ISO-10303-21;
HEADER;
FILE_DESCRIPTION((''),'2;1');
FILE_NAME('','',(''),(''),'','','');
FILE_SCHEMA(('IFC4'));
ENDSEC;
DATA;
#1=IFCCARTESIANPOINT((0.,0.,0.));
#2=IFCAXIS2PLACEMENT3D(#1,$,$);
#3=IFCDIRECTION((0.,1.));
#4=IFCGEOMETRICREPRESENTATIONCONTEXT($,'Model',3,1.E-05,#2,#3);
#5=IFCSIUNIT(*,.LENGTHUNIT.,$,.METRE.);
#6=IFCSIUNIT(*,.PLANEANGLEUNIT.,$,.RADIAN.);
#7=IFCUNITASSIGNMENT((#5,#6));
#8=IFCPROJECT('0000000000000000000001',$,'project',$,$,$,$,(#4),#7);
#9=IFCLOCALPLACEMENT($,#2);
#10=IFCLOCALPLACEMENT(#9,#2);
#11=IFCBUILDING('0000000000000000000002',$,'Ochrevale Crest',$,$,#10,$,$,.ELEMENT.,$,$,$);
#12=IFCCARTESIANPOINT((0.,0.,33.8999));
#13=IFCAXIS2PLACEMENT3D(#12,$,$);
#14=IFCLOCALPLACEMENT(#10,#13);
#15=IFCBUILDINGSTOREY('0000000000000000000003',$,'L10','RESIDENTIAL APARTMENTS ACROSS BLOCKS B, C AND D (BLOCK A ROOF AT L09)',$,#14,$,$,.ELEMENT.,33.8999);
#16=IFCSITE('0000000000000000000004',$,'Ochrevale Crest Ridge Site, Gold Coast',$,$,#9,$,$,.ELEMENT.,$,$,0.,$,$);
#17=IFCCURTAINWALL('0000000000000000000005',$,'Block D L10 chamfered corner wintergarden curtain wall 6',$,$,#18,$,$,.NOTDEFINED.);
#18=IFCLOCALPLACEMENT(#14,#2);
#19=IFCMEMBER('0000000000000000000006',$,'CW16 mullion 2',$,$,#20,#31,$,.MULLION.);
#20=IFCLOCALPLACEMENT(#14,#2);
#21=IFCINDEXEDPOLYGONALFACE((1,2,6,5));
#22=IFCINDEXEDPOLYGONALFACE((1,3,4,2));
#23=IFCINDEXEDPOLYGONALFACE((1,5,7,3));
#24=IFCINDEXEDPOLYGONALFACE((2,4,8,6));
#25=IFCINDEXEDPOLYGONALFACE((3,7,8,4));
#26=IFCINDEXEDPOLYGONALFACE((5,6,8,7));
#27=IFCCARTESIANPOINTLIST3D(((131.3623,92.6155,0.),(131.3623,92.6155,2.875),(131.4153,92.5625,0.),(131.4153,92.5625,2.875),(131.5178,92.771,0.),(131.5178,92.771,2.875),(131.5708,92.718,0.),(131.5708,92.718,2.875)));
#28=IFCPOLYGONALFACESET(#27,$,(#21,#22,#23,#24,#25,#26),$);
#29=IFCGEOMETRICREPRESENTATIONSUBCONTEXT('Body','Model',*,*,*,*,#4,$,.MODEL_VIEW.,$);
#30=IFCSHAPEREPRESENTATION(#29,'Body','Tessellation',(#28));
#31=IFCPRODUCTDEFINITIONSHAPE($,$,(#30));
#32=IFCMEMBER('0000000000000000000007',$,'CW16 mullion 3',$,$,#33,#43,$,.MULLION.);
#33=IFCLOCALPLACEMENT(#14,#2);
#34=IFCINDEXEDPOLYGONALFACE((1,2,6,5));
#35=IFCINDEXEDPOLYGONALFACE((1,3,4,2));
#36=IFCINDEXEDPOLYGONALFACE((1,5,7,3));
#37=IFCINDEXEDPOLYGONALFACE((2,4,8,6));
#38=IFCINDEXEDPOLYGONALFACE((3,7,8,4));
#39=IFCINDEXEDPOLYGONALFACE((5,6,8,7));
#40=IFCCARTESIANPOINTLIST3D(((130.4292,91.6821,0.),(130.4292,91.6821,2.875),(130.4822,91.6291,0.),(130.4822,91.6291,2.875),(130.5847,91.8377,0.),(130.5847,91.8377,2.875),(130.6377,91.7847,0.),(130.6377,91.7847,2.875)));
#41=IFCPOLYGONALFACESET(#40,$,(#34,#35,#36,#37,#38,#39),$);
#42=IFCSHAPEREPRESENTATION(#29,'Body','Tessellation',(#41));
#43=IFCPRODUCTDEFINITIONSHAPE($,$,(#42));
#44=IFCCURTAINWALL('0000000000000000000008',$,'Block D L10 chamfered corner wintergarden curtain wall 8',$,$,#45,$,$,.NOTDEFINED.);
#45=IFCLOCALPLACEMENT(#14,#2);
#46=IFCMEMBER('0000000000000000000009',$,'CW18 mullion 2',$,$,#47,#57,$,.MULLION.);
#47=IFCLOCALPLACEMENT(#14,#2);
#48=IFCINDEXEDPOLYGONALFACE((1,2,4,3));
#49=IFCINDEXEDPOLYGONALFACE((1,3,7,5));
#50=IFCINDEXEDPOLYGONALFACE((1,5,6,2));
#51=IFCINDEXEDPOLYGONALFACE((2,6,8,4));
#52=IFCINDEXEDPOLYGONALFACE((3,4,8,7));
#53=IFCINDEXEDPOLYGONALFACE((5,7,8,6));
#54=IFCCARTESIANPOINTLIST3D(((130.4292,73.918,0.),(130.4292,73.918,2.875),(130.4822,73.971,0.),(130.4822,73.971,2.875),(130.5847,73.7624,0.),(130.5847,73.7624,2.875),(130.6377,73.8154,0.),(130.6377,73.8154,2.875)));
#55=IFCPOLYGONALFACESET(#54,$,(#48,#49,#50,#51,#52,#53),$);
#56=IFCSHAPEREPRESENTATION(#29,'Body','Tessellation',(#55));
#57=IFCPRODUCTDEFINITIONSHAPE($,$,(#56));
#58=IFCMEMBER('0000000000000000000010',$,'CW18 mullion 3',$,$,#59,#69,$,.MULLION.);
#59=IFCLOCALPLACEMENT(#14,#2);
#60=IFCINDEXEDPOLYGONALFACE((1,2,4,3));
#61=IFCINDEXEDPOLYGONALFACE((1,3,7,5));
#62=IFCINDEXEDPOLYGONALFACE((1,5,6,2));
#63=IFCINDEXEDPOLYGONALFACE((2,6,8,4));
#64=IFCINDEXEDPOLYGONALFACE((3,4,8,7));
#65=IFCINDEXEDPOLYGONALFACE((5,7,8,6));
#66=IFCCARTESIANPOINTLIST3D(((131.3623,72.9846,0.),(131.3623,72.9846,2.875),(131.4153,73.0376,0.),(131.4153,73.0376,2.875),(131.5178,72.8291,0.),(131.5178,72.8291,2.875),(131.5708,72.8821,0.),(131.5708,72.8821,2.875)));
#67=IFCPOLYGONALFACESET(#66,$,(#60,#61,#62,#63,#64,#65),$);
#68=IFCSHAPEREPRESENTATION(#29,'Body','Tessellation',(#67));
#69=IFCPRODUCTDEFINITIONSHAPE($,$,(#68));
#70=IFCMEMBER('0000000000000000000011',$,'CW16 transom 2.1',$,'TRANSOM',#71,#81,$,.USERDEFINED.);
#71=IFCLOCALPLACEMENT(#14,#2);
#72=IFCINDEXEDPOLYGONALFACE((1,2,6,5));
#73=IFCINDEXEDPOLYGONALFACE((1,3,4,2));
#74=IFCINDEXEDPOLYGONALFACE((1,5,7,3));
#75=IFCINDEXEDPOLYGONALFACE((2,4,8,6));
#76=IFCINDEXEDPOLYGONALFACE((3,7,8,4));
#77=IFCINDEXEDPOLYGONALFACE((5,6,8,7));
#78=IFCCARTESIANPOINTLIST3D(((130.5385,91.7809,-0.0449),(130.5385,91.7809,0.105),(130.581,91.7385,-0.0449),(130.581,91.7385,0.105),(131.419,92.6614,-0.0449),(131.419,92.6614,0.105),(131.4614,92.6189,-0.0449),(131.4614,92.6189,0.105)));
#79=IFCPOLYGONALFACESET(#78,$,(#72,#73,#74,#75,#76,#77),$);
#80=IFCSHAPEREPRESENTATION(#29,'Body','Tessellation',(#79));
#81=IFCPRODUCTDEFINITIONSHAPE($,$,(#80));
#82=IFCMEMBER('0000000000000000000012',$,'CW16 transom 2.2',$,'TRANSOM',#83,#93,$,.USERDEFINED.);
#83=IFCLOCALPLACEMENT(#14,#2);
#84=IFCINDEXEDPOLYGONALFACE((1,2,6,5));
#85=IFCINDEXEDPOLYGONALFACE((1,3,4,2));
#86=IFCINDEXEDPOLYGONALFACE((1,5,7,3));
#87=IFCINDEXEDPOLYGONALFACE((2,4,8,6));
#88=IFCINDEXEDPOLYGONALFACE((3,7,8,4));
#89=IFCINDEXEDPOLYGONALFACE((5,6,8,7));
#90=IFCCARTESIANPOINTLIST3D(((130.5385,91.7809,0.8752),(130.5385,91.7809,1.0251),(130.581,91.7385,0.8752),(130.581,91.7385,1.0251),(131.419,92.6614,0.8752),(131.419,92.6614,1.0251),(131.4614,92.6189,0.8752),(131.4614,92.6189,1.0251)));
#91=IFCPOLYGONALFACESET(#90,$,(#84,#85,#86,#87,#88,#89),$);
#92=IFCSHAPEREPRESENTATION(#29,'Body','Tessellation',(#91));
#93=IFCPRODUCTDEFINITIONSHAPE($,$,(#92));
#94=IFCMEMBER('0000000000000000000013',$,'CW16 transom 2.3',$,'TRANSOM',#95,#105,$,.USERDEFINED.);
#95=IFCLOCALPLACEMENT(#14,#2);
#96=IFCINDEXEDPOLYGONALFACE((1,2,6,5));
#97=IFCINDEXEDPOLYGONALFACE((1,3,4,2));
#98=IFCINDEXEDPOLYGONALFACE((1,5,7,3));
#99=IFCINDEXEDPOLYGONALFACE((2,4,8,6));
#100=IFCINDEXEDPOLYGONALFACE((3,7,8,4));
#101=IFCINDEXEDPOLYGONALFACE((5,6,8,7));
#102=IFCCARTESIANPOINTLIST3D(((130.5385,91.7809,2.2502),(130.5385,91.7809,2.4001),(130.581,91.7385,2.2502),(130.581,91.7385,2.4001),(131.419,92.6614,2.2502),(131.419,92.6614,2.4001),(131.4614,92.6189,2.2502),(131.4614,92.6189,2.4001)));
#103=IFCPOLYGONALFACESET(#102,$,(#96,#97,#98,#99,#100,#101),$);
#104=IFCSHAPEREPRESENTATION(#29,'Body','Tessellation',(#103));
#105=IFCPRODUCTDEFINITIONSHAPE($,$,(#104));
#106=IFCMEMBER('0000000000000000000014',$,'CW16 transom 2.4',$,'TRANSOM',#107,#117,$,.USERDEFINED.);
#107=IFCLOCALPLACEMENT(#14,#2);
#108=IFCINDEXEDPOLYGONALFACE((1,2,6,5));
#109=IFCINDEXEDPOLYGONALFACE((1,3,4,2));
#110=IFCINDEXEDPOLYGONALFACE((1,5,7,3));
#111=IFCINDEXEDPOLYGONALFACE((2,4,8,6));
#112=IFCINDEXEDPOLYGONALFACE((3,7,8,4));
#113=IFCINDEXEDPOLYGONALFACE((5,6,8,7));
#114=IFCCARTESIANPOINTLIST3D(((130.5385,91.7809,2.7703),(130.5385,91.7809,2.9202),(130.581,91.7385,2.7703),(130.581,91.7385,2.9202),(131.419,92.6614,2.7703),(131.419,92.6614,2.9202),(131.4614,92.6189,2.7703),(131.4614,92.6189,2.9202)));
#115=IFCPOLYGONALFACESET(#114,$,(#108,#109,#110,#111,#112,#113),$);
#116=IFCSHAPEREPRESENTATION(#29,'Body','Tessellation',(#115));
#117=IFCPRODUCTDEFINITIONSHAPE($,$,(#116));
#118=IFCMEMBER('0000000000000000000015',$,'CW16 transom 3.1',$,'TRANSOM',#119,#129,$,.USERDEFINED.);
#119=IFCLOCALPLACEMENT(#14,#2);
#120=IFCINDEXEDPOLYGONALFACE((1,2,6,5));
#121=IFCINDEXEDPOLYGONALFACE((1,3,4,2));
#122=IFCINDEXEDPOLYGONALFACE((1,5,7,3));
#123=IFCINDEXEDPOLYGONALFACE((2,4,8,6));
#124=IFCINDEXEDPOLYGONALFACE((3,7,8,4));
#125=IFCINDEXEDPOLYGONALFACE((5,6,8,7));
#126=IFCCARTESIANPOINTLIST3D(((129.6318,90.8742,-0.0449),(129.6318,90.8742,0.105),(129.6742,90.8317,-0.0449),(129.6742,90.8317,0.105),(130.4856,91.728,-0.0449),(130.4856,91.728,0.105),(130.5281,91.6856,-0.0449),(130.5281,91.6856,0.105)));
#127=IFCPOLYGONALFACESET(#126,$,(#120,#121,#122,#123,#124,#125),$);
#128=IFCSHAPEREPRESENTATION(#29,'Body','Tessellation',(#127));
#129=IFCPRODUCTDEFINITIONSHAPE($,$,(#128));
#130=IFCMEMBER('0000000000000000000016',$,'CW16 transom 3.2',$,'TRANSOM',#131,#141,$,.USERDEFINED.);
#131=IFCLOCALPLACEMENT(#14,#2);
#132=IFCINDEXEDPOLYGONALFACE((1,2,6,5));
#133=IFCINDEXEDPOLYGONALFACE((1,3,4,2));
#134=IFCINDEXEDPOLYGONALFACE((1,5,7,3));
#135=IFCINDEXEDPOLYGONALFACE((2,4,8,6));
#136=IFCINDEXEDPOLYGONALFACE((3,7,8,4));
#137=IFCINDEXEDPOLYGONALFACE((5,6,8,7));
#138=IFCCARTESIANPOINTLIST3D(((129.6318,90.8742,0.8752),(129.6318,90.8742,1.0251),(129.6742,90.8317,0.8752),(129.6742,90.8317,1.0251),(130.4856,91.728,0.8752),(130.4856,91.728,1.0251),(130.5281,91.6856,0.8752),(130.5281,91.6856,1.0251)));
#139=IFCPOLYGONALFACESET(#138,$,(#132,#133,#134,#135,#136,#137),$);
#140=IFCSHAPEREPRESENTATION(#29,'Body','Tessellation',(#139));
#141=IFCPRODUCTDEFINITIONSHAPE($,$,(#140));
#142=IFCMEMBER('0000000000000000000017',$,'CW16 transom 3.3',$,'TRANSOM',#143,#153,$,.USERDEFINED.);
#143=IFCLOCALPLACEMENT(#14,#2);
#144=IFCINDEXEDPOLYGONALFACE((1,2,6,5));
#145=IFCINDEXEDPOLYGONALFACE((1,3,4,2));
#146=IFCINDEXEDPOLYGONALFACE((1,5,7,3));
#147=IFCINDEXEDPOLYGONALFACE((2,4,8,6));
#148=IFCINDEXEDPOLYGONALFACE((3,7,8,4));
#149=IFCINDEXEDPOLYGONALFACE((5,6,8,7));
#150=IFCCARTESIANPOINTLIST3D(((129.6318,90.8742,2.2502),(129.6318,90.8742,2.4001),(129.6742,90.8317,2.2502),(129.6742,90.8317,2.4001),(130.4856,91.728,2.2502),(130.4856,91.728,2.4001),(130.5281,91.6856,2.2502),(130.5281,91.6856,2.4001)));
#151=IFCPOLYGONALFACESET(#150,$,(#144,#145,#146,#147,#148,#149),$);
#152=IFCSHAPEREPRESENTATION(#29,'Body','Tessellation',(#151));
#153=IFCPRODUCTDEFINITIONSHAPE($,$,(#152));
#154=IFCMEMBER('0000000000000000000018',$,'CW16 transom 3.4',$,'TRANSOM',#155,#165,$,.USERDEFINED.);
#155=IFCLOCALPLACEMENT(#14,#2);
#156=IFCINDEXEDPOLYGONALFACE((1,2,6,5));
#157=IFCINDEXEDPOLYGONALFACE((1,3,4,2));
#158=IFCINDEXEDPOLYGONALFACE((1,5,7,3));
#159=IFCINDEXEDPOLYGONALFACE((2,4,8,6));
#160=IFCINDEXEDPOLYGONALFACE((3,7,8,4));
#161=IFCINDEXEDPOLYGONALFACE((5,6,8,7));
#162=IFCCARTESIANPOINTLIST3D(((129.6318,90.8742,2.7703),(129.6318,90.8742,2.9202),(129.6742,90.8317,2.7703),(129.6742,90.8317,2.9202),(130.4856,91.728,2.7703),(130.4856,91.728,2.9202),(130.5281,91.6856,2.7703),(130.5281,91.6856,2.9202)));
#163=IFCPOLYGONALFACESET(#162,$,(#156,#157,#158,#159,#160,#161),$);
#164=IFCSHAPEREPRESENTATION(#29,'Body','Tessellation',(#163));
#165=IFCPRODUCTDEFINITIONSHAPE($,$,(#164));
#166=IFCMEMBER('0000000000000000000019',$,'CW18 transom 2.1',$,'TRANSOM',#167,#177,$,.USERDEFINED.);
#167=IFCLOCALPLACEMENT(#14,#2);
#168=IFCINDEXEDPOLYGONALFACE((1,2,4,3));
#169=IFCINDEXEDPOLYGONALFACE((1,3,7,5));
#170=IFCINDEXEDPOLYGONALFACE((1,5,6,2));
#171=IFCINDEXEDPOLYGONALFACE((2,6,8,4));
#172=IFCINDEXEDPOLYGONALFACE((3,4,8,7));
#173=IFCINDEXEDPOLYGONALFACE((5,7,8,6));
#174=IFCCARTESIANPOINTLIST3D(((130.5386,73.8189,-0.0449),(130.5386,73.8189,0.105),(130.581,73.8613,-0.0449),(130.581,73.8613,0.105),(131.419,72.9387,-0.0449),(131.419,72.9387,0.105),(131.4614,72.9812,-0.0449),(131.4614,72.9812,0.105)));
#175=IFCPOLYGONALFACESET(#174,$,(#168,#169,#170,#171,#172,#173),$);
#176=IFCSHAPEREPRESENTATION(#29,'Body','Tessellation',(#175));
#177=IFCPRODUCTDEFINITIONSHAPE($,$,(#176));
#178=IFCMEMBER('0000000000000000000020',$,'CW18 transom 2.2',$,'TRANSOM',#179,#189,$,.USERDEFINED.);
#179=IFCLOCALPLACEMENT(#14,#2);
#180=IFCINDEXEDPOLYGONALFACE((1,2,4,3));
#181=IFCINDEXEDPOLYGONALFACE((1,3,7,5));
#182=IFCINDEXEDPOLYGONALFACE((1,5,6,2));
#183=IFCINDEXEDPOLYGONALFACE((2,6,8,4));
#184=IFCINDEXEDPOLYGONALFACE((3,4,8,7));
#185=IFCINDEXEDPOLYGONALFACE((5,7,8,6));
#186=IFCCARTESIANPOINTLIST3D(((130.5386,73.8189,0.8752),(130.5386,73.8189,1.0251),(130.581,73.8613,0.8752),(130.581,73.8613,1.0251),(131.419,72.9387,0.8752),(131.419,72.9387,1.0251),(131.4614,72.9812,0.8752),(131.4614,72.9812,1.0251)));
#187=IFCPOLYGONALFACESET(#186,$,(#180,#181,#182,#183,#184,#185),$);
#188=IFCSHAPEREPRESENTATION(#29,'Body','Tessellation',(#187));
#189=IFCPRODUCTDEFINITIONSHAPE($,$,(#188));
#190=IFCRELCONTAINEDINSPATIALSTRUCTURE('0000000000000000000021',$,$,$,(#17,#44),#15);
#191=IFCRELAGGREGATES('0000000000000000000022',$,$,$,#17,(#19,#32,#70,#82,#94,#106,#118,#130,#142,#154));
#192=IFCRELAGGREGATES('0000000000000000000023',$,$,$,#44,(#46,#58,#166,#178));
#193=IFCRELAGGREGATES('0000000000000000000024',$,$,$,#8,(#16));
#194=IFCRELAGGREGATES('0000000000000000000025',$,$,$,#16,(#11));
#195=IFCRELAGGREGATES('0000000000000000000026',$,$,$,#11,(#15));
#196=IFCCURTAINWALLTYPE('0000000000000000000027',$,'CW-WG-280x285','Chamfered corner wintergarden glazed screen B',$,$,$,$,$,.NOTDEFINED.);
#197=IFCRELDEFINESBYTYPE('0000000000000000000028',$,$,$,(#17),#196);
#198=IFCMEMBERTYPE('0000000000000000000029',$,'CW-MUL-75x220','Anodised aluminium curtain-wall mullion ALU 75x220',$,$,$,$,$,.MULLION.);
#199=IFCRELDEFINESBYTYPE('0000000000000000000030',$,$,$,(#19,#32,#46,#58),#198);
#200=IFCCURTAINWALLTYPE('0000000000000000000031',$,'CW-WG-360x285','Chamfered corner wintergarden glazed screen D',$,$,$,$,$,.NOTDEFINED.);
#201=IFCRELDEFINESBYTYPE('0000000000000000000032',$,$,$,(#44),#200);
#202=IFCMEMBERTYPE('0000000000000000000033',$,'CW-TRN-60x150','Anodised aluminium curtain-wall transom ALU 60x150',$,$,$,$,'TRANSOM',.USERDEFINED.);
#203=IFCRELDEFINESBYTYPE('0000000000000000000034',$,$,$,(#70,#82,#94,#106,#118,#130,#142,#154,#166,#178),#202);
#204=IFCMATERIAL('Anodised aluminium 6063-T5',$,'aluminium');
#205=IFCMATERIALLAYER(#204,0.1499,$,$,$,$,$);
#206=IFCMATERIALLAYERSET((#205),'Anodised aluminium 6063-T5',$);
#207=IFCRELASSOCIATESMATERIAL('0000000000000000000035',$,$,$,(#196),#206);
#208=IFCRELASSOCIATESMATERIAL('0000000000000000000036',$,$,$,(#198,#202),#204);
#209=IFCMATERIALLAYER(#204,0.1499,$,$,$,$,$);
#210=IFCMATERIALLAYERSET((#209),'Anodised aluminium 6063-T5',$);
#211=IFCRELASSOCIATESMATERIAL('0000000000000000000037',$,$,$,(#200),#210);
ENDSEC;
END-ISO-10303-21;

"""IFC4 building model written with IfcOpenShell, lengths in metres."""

from ifc_helpers import new_model, si_unit, direction, frame, origin, origin_2d, place, context, subcontext, project, spatial, rectangle, extrude, material, layer, layer_set, material_profile, profile_set, type_object, element, aggregate, save


model = new_model("IFC4")

# Units and contexts
model_context = context("Model", 3, precision=1e-05, world=origin(), true_north=direction((0.0, 1.0)))
body_context = subcontext(model_context, "Body", "Model", "MODEL_VIEW")
ifc_project = project(units=[si_unit("LENGTHUNIT", "METRE"), si_unit("PLANEANGLEUNIT", "RADIAN")], contexts=[model_context])

# Site, building, storey
site_placement = place(None, origin())
site = spatial("IfcSite", under=ifc_project, at=site_placement, Name="Ochrevale Crest Ridge Site, Gold Coast", CompositionType="ELEMENT", RefElevation=0.0)
building_placement = place(site_placement, origin())
building = spatial("IfcBuilding", under=site, at=building_placement, Name="Ochrevale Crest", CompositionType="ELEMENT")
storey_placement = place(building_placement, frame((0.0, 0.0, 33.8999)))
storey = spatial("IfcBuildingStorey", under=building, at=storey_placement, Name="L10", Description="RESIDENTIAL APARTMENTS ACROSS BLOCKS B, C AND D (BLOCK A ROOF AT L09)", CompositionType="ELEMENT", Elevation=33.8999)

# Curtain walls, members
ifc_material_1 = material(Name="Anodised aluminium 6063-T5", Category="aluminium")
ifc_layer_1 = layer(ifc_material_1, 0.1499)
ifc_layer_set_1 = layer_set([ifc_layer_1], Name="Anodised aluminium 6063-T5")
curtain_wall_type_1 = type_object("IfcCurtainWallType", Name="CW-WG-280x285", Description="Chamfered corner wintergarden glazed screen B", PredefinedType="NOTDEFINED", material=ifc_layer_set_1)
curtain_wall_1_placement = place(storey_placement, origin())
curtain_wall_1 = element("IfcCurtainWall", 1, at=curtain_wall_1_placement, inside=storey, type_object=curtain_wall_type_1, Name="Block D L10 chamfered corner wintergarden curtain wall 6", PredefinedType="NOTDEFINED")
ifc_material_profile_1 = material_profile(ifc_material_1, rectangle(XDim=0.075, YDim=0.22, at=origin_2d()), Name="ALU 75x220")
ifc_profile_set_1 = profile_set([ifc_material_profile_1], Name="Anodised aluminium 6063-T5")
member_type_1 = type_object("IfcMemberType", Name="CW-MUL-75x220", Description="Anodised aluminium curtain-wall mullion ALU 75x220", PredefinedType="MULLION", material=ifc_profile_set_1)
member_1_placement = place(storey_placement, frame((131.4666, 92.6667, 0.0), z_axis=(0.0, 0.0, 1.0), x_axis=(0.707107, -0.707107, 0.0)))
member_1 = element("IfcMember", 2, at=member_1_placement, type_object=member_type_1, Name="CW16 mullion 2", PredefinedType="MULLION", context=body_context, shape_type="SweptSolid", body=[
    extrude(rectangle(XDim=0.075, YDim=0.22, at=origin_2d()), origin(), (0.0, 0.0, 1.0), 2.875),
])
member_2_placement = place(storey_placement, frame((130.5334, 91.7334, 0.0), z_axis=(0.0, 0.0, 1.0), x_axis=(0.707107, -0.707107, 0.0)))
member_2 = element("IfcMember", 3, at=member_2_placement, type_object=member_type_1, Name="CW16 mullion 3", PredefinedType="MULLION", context=body_context, shape_type="SweptSolid", body=[
    extrude(rectangle(XDim=0.075, YDim=0.22, at=origin_2d()), origin(), (0.0, 0.0, 1.0), 2.875),
])
ifc_layer_2 = layer(ifc_material_1, 0.1499)
ifc_layer_set_2 = layer_set([ifc_layer_2], Name="Anodised aluminium 6063-T5")
curtain_wall_type_2 = type_object("IfcCurtainWallType", Name="CW-WG-360x285", Description="Chamfered corner wintergarden glazed screen D", PredefinedType="NOTDEFINED", material=ifc_layer_set_2)
curtain_wall_2_placement = place(storey_placement, origin())
curtain_wall_2 = element("IfcCurtainWall", 4, at=curtain_wall_2_placement, inside=storey, type_object=curtain_wall_type_2, Name="Block D L10 chamfered corner wintergarden curtain wall 8", PredefinedType="NOTDEFINED")
member_3_placement = place(storey_placement, frame((130.5334, 73.8667, 0.0), z_axis=(0.0, 0.0, 1.0), x_axis=(0.707107, 0.707107, 0.0)))
member_3 = element("IfcMember", 5, at=member_3_placement, type_object=member_type_1, Name="CW18 mullion 2", PredefinedType="MULLION", context=body_context, shape_type="SweptSolid", body=[
    extrude(rectangle(XDim=0.075, YDim=0.22, at=origin_2d()), origin(), (0.0, 0.0, 1.0), 2.875),
])
member_4_placement = place(storey_placement, frame((131.4666, 72.9333, 0.0), z_axis=(0.0, 0.0, 1.0), x_axis=(0.707107, 0.707107, 0.0)))
member_4 = element("IfcMember", 6, at=member_4_placement, type_object=member_type_1, Name="CW18 mullion 3", PredefinedType="MULLION", context=body_context, shape_type="SweptSolid", body=[
    extrude(rectangle(XDim=0.075, YDim=0.22, at=origin_2d()), origin(), (0.0, 0.0, 1.0), 2.875),
])

# Members
ifc_material_profile_2 = material_profile(ifc_material_1, rectangle(XDim=0.0601, YDim=0.1499, at=origin_2d()), Name="ALU 60x150")
ifc_profile_set_2 = profile_set([ifc_material_profile_2], Name="Anodised aluminium 6063-T5")
member_type_2 = type_object("IfcMemberType", Name="CW-TRN-60x150", Description="Anodised aluminium curtain-wall transom ALU 60x150", ElementType="TRANSOM", PredefinedType="USERDEFINED", material=ifc_profile_set_2)
member_5_placement = place(storey_placement, frame((131.4402, 92.6401, 0.03), z_axis=(-0.707107, -0.707107, 0.0), x_axis=(0.707107, -0.707107, 0.0)))
member_5 = element("IfcMember", 7, at=member_5_placement, type_object=member_type_2, Name="CW16 transom 2.1", ObjectType="TRANSOM", PredefinedType="USERDEFINED", context=body_context, shape_type="SweptSolid", body=[
    extrude(rectangle(XDim=0.0601, YDim=0.1499, at=origin_2d()), origin(), (0.0, 0.0, 1.0), 1.2451),
])
member_6_placement = place(storey_placement, frame((131.4402, 92.6401, 0.9502), z_axis=(-0.707107, -0.707107, 0.0), x_axis=(0.707107, -0.707107, 0.0)))
member_6 = element("IfcMember", 8, at=member_6_placement, type_object=member_type_2, Name="CW16 transom 2.2", ObjectType="TRANSOM", PredefinedType="USERDEFINED", context=body_context, shape_type="SweptSolid", body=[
    extrude(rectangle(XDim=0.0601, YDim=0.1499, at=origin_2d()), origin(), (0.0, 0.0, 1.0), 1.2451),
])
member_7_placement = place(storey_placement, frame((131.4402, 92.6401, 2.3252), z_axis=(-0.707107, -0.707107, 0.0), x_axis=(0.707107, -0.707107, 0.0)))
member_7 = element("IfcMember", 9, at=member_7_placement, type_object=member_type_2, Name="CW16 transom 2.3", ObjectType="TRANSOM", PredefinedType="USERDEFINED", context=body_context, shape_type="SweptSolid", body=[
    extrude(rectangle(XDim=0.0601, YDim=0.1499, at=origin_2d()), origin(), (0.0, 0.0, 1.0), 1.2451),
])
member_8_placement = place(storey_placement, frame((131.4402, 92.6401, 2.8452), z_axis=(-0.707107, -0.707107, 0.0), x_axis=(0.707107, -0.707107, 0.0)))
member_8 = element("IfcMember", 10, at=member_8_placement, type_object=member_type_2, Name="CW16 transom 2.4", ObjectType="TRANSOM", PredefinedType="USERDEFINED", context=body_context, shape_type="SweptSolid", body=[
    extrude(rectangle(XDim=0.0601, YDim=0.1499, at=origin_2d()), origin(), (0.0, 0.0, 1.0), 1.2451),
])
member_9_placement = place(storey_placement, frame((130.5068, 91.7068, 0.03), z_axis=(-0.707107, -0.707107, 0.0), x_axis=(0.707107, -0.707107, 0.0)))
member_9 = element("IfcMember", 11, at=member_9_placement, type_object=member_type_2, Name="CW16 transom 3.1", ObjectType="TRANSOM", PredefinedType="USERDEFINED", context=body_context, shape_type="SweptSolid", body=[
    extrude(rectangle(XDim=0.0601, YDim=0.1499, at=origin_2d()), origin(), (0.0, 0.0, 1.0), 1.2075),
])
member_10_placement = place(storey_placement, frame((130.5068, 91.7068, 0.9502), z_axis=(-0.707107, -0.707107, 0.0), x_axis=(0.707107, -0.707107, 0.0)))
member_10 = element("IfcMember", 12, at=member_10_placement, type_object=member_type_2, Name="CW16 transom 3.2", ObjectType="TRANSOM", PredefinedType="USERDEFINED", context=body_context, shape_type="SweptSolid", body=[
    extrude(rectangle(XDim=0.0601, YDim=0.1499, at=origin_2d()), origin(), (0.0, 0.0, 1.0), 1.2075),
])
member_11_placement = place(storey_placement, frame((130.5068, 91.7068, 2.3252), z_axis=(-0.707107, -0.707107, 0.0), x_axis=(0.707107, -0.707107, 0.0)))
member_11 = element("IfcMember", 13, at=member_11_placement, type_object=member_type_2, Name="CW16 transom 3.3", ObjectType="TRANSOM", PredefinedType="USERDEFINED", context=body_context, shape_type="SweptSolid", body=[
    extrude(rectangle(XDim=0.0601, YDim=0.1499, at=origin_2d()), origin(), (0.0, 0.0, 1.0), 1.2075),
])
member_12_placement = place(storey_placement, frame((130.5068, 91.7068, 2.8452), z_axis=(-0.707107, -0.707107, 0.0), x_axis=(0.707107, -0.707107, 0.0)))
member_12 = element("IfcMember", 14, at=member_12_placement, type_object=member_type_2, Name="CW16 transom 3.4", ObjectType="TRANSOM", PredefinedType="USERDEFINED", context=body_context, shape_type="SweptSolid", body=[
    extrude(rectangle(XDim=0.0601, YDim=0.1499, at=origin_2d()), origin(), (0.0, 0.0, 1.0), 1.2075),
])
member_13_placement = place(storey_placement, frame((130.5598, 73.8401, 0.03), z_axis=(0.707205, -0.707009, 0.0), x_axis=(0.707009, 0.707205, 0.0)))
member_13 = element("IfcMember", 15, at=member_13_placement, type_object=member_type_2, Name="CW18 transom 2.1", ObjectType="TRANSOM", PredefinedType="USERDEFINED", context=body_context, shape_type="SweptSolid", body=[
    extrude(rectangle(XDim=0.0601, YDim=0.1499, at=origin_2d()), origin(), (0.0, 0.0, 1.0), 1.2449),
])
member_14_placement = place(storey_placement, frame((130.5598, 73.8401, 0.9502), z_axis=(0.707205, -0.707009, 0.0), x_axis=(0.707009, 0.707205, 0.0)))
member_14 = element("IfcMember", 16, at=member_14_placement, type_object=member_type_2, Name="CW18 transom 2.2", ObjectType="TRANSOM", PredefinedType="USERDEFINED", context=body_context, shape_type="SweptSolid", body=[
    extrude(rectangle(XDim=0.0601, YDim=0.1499, at=origin_2d()), origin(), (0.0, 0.0, 1.0), 1.2449),
])

aggregate(curtain_wall_1, [member_1, member_2, member_5, member_6, member_7, member_8, member_9, member_10, member_11, member_12])
aggregate(curtain_wall_2, [member_3, member_4, member_13, member_14])

save(model, "model.ifc")
